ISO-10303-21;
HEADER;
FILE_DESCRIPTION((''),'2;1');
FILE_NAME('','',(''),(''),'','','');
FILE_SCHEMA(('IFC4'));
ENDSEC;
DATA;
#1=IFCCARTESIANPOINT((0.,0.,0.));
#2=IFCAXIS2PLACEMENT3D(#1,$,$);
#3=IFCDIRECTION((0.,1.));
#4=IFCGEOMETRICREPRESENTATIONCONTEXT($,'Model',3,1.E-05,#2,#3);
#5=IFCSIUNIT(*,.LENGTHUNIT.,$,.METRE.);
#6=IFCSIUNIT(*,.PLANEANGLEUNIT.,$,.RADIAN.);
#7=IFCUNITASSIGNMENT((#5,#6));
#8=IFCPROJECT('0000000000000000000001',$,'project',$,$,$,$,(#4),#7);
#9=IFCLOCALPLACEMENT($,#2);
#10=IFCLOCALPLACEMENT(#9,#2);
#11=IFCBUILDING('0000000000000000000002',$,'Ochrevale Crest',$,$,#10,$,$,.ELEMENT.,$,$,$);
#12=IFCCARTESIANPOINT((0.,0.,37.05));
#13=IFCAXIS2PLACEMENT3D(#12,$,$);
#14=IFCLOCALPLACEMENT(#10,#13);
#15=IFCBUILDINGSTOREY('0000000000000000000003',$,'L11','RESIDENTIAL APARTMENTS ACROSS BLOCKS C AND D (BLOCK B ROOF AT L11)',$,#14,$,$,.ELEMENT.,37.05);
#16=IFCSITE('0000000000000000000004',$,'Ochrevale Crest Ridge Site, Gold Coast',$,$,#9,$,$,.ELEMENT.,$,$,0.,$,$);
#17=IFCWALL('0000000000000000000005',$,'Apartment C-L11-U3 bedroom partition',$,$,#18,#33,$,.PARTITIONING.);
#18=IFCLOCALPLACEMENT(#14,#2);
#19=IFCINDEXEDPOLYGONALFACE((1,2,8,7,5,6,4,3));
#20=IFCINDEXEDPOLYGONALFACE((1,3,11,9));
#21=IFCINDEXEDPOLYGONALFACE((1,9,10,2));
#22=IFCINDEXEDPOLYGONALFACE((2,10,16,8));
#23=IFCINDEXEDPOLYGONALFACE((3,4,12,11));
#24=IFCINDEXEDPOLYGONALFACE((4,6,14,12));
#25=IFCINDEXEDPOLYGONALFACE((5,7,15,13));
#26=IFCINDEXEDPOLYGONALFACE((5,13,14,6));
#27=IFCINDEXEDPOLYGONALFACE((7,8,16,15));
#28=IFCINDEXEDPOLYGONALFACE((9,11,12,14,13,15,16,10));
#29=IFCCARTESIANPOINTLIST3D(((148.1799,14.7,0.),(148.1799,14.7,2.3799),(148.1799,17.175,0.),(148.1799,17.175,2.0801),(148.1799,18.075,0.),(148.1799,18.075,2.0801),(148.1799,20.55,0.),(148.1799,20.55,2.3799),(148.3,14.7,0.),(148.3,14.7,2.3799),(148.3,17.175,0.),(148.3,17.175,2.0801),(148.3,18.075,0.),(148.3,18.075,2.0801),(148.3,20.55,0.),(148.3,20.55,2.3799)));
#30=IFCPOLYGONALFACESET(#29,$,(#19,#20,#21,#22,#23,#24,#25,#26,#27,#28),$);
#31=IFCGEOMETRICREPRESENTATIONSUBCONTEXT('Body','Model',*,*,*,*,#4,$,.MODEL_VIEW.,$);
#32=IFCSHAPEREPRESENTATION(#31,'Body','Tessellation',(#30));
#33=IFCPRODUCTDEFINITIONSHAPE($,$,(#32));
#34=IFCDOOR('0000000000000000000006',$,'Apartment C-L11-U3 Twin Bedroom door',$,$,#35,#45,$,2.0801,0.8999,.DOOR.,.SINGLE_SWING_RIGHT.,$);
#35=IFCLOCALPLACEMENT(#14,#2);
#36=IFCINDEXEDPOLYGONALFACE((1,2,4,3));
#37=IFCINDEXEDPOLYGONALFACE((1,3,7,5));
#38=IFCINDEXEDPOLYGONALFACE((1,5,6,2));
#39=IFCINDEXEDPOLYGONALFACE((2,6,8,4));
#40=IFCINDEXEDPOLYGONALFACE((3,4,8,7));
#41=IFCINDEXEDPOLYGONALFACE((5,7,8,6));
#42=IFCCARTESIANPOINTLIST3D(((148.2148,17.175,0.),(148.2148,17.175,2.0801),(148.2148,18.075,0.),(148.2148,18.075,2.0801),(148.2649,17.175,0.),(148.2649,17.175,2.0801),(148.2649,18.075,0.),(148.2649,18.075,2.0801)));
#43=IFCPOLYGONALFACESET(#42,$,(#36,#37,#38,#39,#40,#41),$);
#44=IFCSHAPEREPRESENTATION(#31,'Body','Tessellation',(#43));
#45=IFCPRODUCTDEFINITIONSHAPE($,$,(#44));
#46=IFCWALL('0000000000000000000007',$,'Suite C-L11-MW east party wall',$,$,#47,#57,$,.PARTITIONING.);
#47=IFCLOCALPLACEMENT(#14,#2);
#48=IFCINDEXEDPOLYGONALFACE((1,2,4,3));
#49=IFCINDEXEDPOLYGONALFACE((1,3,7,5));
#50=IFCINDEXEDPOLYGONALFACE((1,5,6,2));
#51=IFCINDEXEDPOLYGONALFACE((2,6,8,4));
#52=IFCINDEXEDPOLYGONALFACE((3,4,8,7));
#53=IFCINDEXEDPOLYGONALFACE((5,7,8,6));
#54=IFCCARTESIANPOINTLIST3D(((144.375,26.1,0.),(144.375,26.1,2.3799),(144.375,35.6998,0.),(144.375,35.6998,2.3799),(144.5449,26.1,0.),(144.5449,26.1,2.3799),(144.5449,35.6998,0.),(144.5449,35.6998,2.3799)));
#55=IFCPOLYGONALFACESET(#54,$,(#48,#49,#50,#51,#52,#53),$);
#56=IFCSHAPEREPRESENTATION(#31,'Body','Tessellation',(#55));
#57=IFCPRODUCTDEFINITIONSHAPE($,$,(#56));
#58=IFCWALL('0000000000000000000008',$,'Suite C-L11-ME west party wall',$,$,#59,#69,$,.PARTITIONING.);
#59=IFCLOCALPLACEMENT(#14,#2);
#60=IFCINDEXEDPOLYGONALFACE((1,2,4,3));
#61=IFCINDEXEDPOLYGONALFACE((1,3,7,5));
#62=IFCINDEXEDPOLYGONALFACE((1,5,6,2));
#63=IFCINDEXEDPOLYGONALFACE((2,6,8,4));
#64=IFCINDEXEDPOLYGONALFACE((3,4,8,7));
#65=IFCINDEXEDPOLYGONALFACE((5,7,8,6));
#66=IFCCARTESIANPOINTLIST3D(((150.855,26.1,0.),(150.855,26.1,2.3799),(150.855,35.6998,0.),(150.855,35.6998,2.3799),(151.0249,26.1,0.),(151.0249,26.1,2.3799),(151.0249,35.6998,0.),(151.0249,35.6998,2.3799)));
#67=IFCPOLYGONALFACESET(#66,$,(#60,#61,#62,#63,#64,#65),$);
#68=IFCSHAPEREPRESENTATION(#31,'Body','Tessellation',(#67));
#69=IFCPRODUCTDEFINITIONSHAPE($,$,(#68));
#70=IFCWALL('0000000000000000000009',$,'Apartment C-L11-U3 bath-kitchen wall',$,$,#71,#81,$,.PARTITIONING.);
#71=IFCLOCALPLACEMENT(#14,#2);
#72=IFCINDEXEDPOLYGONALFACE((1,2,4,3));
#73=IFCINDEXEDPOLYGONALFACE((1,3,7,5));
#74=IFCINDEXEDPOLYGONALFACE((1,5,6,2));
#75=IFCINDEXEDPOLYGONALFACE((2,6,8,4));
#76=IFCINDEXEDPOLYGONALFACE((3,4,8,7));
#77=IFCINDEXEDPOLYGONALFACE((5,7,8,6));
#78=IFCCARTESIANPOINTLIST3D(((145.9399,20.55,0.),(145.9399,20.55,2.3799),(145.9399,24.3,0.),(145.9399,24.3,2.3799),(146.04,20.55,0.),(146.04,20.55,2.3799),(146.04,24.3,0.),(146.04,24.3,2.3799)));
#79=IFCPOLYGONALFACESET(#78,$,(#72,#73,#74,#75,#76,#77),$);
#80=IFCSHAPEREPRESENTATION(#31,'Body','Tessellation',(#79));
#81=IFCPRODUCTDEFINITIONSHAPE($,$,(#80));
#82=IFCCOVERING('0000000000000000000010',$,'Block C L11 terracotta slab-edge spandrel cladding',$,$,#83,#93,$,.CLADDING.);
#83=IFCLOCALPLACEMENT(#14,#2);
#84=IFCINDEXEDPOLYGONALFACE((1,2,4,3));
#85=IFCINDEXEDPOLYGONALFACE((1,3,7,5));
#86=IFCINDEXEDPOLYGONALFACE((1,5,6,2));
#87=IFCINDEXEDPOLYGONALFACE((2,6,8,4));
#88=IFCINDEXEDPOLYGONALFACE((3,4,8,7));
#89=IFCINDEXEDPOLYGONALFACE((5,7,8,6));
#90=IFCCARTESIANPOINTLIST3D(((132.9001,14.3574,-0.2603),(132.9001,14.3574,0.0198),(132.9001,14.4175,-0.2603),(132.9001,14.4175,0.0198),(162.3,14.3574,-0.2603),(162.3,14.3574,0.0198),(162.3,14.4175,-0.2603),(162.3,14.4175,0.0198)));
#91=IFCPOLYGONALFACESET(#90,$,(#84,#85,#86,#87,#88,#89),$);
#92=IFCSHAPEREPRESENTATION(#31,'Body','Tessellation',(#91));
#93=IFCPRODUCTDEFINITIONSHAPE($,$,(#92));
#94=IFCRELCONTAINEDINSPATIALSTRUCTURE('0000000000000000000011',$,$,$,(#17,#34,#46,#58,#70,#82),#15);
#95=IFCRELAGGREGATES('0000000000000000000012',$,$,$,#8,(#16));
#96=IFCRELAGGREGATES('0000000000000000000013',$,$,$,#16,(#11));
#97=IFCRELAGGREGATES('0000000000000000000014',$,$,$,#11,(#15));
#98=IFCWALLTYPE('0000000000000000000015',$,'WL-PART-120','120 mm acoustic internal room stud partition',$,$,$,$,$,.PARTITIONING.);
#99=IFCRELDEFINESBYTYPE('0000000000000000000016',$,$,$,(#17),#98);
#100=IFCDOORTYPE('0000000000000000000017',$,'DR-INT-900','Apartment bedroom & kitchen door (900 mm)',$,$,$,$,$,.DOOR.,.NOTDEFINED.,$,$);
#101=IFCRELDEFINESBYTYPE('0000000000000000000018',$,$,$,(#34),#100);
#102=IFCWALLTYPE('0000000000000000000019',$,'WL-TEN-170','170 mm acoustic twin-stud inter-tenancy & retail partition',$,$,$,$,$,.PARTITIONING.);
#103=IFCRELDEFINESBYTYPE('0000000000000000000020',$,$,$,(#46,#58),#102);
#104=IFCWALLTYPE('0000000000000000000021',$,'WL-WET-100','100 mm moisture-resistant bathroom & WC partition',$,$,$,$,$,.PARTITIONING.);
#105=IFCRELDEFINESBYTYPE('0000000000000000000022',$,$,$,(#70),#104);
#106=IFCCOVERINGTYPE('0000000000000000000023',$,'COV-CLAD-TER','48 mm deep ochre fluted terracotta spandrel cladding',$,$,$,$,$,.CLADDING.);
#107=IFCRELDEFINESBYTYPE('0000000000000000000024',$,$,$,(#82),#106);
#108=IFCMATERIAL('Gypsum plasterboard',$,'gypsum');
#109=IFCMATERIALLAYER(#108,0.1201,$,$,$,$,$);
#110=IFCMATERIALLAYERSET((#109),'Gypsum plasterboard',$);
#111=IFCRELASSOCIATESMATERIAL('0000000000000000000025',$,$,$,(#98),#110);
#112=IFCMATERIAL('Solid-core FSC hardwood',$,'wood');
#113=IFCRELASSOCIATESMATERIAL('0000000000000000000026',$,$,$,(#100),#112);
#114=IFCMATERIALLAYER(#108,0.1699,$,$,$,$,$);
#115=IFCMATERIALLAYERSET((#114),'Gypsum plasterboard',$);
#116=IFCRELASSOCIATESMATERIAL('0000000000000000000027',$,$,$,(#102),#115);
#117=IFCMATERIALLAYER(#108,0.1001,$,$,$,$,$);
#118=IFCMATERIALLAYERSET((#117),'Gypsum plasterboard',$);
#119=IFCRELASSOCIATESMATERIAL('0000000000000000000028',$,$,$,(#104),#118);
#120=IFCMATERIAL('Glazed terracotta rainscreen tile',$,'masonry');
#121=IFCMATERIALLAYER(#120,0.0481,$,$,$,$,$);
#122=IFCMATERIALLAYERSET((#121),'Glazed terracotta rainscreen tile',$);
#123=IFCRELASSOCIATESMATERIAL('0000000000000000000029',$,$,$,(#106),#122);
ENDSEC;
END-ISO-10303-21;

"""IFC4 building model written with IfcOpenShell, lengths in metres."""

from ifc_helpers import new_model, si_unit, direction, frame, frame_2d, origin, origin_2d, place, context, subcontext, project, spatial, rectangle, extrude, material, layer, layer_set, type_object, element, fill, save


model = new_model("IFC4")

# Units and contexts
model_context = context("Model", 3, precision=1e-05, world=origin(), true_north=direction((0.0, 1.0)))
body_context = subcontext(model_context, "Body", "Model", "MODEL_VIEW")
ifc_project = project(units=[si_unit("LENGTHUNIT", "METRE"), si_unit("PLANEANGLEUNIT", "RADIAN")], contexts=[model_context])

# Site, building, storey
site_placement = place(None, origin())
site = spatial("IfcSite", under=ifc_project, at=site_placement, Name="Ochrevale Crest Ridge Site, Gold Coast", CompositionType="ELEMENT", RefElevation=0.0)
building_placement = place(site_placement, origin())
building = spatial("IfcBuilding", under=site, at=building_placement, Name="Ochrevale Crest", CompositionType="ELEMENT")
storey_placement = place(building_placement, frame((0.0, 0.0, 37.05)))
storey = spatial("IfcBuildingStorey", under=building, at=storey_placement, Name="L11", Description="RESIDENTIAL APARTMENTS ACROSS BLOCKS C AND D (BLOCK B ROOF AT L11)", CompositionType="ELEMENT", Elevation=37.05)

# Shared definitions
ifc_material_1 = material(Name="Gypsum plasterboard", Category="gypsum")
ifc_material_2 = material(Name="Solid-core FSC hardwood", Category="wood")

# Shared definitions
ifc_layer_1 = layer(ifc_material_1, 0.1201)
ifc_layer_set_1 = layer_set([ifc_layer_1], Name="Gypsum plasterboard")
wall_type_1 = type_object("IfcWallType", Name="WL-PART-120", Description="120 mm acoustic internal room stud partition", PredefinedType="PARTITIONING", material=ifc_layer_set_1)

# Shared definitions
door_type_1 = type_object("IfcDoorType", Name="DR-INT-900", Description="Apartment bedroom & kitchen door (900 mm)", OperationType="NOTDEFINED", PredefinedType="DOOR", material=ifc_material_2)

# Wall, opening, door
wall_1_placement = place(storey_placement, frame((148.24, 14.7, 0.0), z_axis=(0.0, 0.0, 1.0), x_axis=(0.0, 1.0, 0.0)))
wall_1 = element("IfcWall", 1, at=wall_1_placement, inside=storey, type_object=wall_type_1, Name="Apartment C-L11-U3 bedroom partition", PredefinedType="PARTITIONING", context=body_context, shape_type="SweptSolid", body=[
    extrude(rectangle(XDim=5.8501, YDim=0.1201, at=frame_2d((2.925, 0.0))), origin(), (0.0, 0.0, 1.0), 2.3799),
])
opening_1_placement = place(wall_1_placement, frame((3.375, 0.0, 0.0), z_axis=(0.0, 0.0, 1.0), x_axis=(-1.0, 0.0, 0.0)))
opening_1 = element("IfcOpeningElement", 2, at=opening_1_placement, cuts=wall_1, PredefinedType="OPENING", context=body_context, shape_type="SweptSolid", body=[
    extrude(rectangle(XDim=0.8999, YDim=2.0801, at=frame_2d((0.45, 1.04))), frame((0.0, 0.0701, 0.0), z_axis=(0.0, -1.0, 0.0), x_axis=(1.0, 0.0, 0.0)), (0.0, 0.0, 1.0), 0.1401),
])
door_1_placement = place(opening_1_placement, origin())
door_1 = element("IfcDoor", 3, at=door_1_placement, inside=storey, type_object=door_type_1, Name="Apartment C-L11-U3 Twin Bedroom door", OperationType="SINGLE_SWING_RIGHT", OverallHeight=2.0801, OverallWidth=0.8999, PredefinedType="DOOR", context=body_context, shape_type="SweptSolid", body=[
    extrude(rectangle(XDim=0.8999, YDim=2.0801, at=frame_2d((0.45, 1.04))), frame((0.0, 0.0249, 0.0), z_axis=(0.0, -1.0, 0.0), x_axis=(1.0, 0.0, 0.0)), (0.0, 0.0, 1.0), 0.05),
])
fill(opening_1, door_1)

# Walls
ifc_layer_2 = layer(ifc_material_1, 0.1699)
ifc_layer_set_2 = layer_set([ifc_layer_2], Name="Gypsum plasterboard")
wall_type_2 = type_object("IfcWallType", Name="WL-TEN-170", Description="170 mm acoustic twin-stud inter-tenancy & retail partition", PredefinedType="PARTITIONING", material=ifc_layer_set_2)
for number, where, z_axis, x_axis, name in (
    (4, (144.46, 26.1001, 0.0), (0.0, 0.0, 1.0), (0.0, 1.0, 0.0), "Suite C-L11-MW east party wall"),
    (5, (150.9399, 26.1001, 0.0), (0.0, 0.0, 1.0), (0.0, 1.0, 0.0), "Suite C-L11-ME west party wall"),
):
    element("IfcWall", number, at=place(storey_placement, frame(where, z_axis=z_axis, x_axis=x_axis)), inside=storey, type_object=wall_type_2, Name=name, PredefinedType="PARTITIONING", context=body_context, shape_type="SweptSolid", body=[
        extrude(rectangle(XDim=9.5999, YDim=0.1699, at=frame_2d((4.7998, 0.0))), origin(), (0.0, 0.0, 1.0), 2.3799),
    ])
ifc_layer_3 = layer(ifc_material_1, 0.1001)
ifc_layer_set_3 = layer_set([ifc_layer_3], Name="Gypsum plasterboard")
wall_type_3 = type_object("IfcWallType", Name="WL-WET-100", Description="100 mm moisture-resistant bathroom & WC partition", PredefinedType="PARTITIONING", material=ifc_layer_set_3)
wall_2_placement = place(storey_placement, frame((145.99, 20.55, 0.0), z_axis=(0.0, 0.0, 1.0), x_axis=(0.0, 1.0, 0.0)))
element("IfcWall", 6, at=wall_2_placement, inside=storey, type_object=wall_type_3, Name="Apartment C-L11-U3 bath-kitchen wall", PredefinedType="PARTITIONING", context=body_context, shape_type="SweptSolid", body=[
    extrude(rectangle(XDim=3.75, YDim=0.1001, at=frame_2d((1.875, 0.0))), origin(), (0.0, 0.0, 1.0), 2.3799),
])

# Covering
ifc_material_3 = material(Name="Glazed terracotta rainscreen tile", Category="masonry")
ifc_layer_4 = layer(ifc_material_3, 0.0481)
ifc_layer_set_4 = layer_set([ifc_layer_4], Name="Glazed terracotta rainscreen tile")
covering_type = type_object("IfcCoveringType", Name="COV-CLAD-TER", Description="48 mm deep ochre fluted terracotta spandrel cladding", PredefinedType="CLADDING", material=ifc_layer_set_4)
covering_placement = place(storey_placement, frame((147.6001, 14.3875, -0.2603), z_axis=(0.0, 0.0, 1.0), x_axis=(1.0, 0.0, 0.0)))
element("IfcCovering", 7, at=covering_placement, inside=storey, type_object=covering_type, Name="Block C L11 terracotta slab-edge spandrel cladding", PredefinedType="CLADDING", context=body_context, shape_type="SweptSolid", body=[
    extrude(rectangle(XDim=29.3999, YDim=0.0601, at=origin_2d()), origin(), (0.0, 0.0, 1.0), 0.28),
])

save(model, "model.ifc")
